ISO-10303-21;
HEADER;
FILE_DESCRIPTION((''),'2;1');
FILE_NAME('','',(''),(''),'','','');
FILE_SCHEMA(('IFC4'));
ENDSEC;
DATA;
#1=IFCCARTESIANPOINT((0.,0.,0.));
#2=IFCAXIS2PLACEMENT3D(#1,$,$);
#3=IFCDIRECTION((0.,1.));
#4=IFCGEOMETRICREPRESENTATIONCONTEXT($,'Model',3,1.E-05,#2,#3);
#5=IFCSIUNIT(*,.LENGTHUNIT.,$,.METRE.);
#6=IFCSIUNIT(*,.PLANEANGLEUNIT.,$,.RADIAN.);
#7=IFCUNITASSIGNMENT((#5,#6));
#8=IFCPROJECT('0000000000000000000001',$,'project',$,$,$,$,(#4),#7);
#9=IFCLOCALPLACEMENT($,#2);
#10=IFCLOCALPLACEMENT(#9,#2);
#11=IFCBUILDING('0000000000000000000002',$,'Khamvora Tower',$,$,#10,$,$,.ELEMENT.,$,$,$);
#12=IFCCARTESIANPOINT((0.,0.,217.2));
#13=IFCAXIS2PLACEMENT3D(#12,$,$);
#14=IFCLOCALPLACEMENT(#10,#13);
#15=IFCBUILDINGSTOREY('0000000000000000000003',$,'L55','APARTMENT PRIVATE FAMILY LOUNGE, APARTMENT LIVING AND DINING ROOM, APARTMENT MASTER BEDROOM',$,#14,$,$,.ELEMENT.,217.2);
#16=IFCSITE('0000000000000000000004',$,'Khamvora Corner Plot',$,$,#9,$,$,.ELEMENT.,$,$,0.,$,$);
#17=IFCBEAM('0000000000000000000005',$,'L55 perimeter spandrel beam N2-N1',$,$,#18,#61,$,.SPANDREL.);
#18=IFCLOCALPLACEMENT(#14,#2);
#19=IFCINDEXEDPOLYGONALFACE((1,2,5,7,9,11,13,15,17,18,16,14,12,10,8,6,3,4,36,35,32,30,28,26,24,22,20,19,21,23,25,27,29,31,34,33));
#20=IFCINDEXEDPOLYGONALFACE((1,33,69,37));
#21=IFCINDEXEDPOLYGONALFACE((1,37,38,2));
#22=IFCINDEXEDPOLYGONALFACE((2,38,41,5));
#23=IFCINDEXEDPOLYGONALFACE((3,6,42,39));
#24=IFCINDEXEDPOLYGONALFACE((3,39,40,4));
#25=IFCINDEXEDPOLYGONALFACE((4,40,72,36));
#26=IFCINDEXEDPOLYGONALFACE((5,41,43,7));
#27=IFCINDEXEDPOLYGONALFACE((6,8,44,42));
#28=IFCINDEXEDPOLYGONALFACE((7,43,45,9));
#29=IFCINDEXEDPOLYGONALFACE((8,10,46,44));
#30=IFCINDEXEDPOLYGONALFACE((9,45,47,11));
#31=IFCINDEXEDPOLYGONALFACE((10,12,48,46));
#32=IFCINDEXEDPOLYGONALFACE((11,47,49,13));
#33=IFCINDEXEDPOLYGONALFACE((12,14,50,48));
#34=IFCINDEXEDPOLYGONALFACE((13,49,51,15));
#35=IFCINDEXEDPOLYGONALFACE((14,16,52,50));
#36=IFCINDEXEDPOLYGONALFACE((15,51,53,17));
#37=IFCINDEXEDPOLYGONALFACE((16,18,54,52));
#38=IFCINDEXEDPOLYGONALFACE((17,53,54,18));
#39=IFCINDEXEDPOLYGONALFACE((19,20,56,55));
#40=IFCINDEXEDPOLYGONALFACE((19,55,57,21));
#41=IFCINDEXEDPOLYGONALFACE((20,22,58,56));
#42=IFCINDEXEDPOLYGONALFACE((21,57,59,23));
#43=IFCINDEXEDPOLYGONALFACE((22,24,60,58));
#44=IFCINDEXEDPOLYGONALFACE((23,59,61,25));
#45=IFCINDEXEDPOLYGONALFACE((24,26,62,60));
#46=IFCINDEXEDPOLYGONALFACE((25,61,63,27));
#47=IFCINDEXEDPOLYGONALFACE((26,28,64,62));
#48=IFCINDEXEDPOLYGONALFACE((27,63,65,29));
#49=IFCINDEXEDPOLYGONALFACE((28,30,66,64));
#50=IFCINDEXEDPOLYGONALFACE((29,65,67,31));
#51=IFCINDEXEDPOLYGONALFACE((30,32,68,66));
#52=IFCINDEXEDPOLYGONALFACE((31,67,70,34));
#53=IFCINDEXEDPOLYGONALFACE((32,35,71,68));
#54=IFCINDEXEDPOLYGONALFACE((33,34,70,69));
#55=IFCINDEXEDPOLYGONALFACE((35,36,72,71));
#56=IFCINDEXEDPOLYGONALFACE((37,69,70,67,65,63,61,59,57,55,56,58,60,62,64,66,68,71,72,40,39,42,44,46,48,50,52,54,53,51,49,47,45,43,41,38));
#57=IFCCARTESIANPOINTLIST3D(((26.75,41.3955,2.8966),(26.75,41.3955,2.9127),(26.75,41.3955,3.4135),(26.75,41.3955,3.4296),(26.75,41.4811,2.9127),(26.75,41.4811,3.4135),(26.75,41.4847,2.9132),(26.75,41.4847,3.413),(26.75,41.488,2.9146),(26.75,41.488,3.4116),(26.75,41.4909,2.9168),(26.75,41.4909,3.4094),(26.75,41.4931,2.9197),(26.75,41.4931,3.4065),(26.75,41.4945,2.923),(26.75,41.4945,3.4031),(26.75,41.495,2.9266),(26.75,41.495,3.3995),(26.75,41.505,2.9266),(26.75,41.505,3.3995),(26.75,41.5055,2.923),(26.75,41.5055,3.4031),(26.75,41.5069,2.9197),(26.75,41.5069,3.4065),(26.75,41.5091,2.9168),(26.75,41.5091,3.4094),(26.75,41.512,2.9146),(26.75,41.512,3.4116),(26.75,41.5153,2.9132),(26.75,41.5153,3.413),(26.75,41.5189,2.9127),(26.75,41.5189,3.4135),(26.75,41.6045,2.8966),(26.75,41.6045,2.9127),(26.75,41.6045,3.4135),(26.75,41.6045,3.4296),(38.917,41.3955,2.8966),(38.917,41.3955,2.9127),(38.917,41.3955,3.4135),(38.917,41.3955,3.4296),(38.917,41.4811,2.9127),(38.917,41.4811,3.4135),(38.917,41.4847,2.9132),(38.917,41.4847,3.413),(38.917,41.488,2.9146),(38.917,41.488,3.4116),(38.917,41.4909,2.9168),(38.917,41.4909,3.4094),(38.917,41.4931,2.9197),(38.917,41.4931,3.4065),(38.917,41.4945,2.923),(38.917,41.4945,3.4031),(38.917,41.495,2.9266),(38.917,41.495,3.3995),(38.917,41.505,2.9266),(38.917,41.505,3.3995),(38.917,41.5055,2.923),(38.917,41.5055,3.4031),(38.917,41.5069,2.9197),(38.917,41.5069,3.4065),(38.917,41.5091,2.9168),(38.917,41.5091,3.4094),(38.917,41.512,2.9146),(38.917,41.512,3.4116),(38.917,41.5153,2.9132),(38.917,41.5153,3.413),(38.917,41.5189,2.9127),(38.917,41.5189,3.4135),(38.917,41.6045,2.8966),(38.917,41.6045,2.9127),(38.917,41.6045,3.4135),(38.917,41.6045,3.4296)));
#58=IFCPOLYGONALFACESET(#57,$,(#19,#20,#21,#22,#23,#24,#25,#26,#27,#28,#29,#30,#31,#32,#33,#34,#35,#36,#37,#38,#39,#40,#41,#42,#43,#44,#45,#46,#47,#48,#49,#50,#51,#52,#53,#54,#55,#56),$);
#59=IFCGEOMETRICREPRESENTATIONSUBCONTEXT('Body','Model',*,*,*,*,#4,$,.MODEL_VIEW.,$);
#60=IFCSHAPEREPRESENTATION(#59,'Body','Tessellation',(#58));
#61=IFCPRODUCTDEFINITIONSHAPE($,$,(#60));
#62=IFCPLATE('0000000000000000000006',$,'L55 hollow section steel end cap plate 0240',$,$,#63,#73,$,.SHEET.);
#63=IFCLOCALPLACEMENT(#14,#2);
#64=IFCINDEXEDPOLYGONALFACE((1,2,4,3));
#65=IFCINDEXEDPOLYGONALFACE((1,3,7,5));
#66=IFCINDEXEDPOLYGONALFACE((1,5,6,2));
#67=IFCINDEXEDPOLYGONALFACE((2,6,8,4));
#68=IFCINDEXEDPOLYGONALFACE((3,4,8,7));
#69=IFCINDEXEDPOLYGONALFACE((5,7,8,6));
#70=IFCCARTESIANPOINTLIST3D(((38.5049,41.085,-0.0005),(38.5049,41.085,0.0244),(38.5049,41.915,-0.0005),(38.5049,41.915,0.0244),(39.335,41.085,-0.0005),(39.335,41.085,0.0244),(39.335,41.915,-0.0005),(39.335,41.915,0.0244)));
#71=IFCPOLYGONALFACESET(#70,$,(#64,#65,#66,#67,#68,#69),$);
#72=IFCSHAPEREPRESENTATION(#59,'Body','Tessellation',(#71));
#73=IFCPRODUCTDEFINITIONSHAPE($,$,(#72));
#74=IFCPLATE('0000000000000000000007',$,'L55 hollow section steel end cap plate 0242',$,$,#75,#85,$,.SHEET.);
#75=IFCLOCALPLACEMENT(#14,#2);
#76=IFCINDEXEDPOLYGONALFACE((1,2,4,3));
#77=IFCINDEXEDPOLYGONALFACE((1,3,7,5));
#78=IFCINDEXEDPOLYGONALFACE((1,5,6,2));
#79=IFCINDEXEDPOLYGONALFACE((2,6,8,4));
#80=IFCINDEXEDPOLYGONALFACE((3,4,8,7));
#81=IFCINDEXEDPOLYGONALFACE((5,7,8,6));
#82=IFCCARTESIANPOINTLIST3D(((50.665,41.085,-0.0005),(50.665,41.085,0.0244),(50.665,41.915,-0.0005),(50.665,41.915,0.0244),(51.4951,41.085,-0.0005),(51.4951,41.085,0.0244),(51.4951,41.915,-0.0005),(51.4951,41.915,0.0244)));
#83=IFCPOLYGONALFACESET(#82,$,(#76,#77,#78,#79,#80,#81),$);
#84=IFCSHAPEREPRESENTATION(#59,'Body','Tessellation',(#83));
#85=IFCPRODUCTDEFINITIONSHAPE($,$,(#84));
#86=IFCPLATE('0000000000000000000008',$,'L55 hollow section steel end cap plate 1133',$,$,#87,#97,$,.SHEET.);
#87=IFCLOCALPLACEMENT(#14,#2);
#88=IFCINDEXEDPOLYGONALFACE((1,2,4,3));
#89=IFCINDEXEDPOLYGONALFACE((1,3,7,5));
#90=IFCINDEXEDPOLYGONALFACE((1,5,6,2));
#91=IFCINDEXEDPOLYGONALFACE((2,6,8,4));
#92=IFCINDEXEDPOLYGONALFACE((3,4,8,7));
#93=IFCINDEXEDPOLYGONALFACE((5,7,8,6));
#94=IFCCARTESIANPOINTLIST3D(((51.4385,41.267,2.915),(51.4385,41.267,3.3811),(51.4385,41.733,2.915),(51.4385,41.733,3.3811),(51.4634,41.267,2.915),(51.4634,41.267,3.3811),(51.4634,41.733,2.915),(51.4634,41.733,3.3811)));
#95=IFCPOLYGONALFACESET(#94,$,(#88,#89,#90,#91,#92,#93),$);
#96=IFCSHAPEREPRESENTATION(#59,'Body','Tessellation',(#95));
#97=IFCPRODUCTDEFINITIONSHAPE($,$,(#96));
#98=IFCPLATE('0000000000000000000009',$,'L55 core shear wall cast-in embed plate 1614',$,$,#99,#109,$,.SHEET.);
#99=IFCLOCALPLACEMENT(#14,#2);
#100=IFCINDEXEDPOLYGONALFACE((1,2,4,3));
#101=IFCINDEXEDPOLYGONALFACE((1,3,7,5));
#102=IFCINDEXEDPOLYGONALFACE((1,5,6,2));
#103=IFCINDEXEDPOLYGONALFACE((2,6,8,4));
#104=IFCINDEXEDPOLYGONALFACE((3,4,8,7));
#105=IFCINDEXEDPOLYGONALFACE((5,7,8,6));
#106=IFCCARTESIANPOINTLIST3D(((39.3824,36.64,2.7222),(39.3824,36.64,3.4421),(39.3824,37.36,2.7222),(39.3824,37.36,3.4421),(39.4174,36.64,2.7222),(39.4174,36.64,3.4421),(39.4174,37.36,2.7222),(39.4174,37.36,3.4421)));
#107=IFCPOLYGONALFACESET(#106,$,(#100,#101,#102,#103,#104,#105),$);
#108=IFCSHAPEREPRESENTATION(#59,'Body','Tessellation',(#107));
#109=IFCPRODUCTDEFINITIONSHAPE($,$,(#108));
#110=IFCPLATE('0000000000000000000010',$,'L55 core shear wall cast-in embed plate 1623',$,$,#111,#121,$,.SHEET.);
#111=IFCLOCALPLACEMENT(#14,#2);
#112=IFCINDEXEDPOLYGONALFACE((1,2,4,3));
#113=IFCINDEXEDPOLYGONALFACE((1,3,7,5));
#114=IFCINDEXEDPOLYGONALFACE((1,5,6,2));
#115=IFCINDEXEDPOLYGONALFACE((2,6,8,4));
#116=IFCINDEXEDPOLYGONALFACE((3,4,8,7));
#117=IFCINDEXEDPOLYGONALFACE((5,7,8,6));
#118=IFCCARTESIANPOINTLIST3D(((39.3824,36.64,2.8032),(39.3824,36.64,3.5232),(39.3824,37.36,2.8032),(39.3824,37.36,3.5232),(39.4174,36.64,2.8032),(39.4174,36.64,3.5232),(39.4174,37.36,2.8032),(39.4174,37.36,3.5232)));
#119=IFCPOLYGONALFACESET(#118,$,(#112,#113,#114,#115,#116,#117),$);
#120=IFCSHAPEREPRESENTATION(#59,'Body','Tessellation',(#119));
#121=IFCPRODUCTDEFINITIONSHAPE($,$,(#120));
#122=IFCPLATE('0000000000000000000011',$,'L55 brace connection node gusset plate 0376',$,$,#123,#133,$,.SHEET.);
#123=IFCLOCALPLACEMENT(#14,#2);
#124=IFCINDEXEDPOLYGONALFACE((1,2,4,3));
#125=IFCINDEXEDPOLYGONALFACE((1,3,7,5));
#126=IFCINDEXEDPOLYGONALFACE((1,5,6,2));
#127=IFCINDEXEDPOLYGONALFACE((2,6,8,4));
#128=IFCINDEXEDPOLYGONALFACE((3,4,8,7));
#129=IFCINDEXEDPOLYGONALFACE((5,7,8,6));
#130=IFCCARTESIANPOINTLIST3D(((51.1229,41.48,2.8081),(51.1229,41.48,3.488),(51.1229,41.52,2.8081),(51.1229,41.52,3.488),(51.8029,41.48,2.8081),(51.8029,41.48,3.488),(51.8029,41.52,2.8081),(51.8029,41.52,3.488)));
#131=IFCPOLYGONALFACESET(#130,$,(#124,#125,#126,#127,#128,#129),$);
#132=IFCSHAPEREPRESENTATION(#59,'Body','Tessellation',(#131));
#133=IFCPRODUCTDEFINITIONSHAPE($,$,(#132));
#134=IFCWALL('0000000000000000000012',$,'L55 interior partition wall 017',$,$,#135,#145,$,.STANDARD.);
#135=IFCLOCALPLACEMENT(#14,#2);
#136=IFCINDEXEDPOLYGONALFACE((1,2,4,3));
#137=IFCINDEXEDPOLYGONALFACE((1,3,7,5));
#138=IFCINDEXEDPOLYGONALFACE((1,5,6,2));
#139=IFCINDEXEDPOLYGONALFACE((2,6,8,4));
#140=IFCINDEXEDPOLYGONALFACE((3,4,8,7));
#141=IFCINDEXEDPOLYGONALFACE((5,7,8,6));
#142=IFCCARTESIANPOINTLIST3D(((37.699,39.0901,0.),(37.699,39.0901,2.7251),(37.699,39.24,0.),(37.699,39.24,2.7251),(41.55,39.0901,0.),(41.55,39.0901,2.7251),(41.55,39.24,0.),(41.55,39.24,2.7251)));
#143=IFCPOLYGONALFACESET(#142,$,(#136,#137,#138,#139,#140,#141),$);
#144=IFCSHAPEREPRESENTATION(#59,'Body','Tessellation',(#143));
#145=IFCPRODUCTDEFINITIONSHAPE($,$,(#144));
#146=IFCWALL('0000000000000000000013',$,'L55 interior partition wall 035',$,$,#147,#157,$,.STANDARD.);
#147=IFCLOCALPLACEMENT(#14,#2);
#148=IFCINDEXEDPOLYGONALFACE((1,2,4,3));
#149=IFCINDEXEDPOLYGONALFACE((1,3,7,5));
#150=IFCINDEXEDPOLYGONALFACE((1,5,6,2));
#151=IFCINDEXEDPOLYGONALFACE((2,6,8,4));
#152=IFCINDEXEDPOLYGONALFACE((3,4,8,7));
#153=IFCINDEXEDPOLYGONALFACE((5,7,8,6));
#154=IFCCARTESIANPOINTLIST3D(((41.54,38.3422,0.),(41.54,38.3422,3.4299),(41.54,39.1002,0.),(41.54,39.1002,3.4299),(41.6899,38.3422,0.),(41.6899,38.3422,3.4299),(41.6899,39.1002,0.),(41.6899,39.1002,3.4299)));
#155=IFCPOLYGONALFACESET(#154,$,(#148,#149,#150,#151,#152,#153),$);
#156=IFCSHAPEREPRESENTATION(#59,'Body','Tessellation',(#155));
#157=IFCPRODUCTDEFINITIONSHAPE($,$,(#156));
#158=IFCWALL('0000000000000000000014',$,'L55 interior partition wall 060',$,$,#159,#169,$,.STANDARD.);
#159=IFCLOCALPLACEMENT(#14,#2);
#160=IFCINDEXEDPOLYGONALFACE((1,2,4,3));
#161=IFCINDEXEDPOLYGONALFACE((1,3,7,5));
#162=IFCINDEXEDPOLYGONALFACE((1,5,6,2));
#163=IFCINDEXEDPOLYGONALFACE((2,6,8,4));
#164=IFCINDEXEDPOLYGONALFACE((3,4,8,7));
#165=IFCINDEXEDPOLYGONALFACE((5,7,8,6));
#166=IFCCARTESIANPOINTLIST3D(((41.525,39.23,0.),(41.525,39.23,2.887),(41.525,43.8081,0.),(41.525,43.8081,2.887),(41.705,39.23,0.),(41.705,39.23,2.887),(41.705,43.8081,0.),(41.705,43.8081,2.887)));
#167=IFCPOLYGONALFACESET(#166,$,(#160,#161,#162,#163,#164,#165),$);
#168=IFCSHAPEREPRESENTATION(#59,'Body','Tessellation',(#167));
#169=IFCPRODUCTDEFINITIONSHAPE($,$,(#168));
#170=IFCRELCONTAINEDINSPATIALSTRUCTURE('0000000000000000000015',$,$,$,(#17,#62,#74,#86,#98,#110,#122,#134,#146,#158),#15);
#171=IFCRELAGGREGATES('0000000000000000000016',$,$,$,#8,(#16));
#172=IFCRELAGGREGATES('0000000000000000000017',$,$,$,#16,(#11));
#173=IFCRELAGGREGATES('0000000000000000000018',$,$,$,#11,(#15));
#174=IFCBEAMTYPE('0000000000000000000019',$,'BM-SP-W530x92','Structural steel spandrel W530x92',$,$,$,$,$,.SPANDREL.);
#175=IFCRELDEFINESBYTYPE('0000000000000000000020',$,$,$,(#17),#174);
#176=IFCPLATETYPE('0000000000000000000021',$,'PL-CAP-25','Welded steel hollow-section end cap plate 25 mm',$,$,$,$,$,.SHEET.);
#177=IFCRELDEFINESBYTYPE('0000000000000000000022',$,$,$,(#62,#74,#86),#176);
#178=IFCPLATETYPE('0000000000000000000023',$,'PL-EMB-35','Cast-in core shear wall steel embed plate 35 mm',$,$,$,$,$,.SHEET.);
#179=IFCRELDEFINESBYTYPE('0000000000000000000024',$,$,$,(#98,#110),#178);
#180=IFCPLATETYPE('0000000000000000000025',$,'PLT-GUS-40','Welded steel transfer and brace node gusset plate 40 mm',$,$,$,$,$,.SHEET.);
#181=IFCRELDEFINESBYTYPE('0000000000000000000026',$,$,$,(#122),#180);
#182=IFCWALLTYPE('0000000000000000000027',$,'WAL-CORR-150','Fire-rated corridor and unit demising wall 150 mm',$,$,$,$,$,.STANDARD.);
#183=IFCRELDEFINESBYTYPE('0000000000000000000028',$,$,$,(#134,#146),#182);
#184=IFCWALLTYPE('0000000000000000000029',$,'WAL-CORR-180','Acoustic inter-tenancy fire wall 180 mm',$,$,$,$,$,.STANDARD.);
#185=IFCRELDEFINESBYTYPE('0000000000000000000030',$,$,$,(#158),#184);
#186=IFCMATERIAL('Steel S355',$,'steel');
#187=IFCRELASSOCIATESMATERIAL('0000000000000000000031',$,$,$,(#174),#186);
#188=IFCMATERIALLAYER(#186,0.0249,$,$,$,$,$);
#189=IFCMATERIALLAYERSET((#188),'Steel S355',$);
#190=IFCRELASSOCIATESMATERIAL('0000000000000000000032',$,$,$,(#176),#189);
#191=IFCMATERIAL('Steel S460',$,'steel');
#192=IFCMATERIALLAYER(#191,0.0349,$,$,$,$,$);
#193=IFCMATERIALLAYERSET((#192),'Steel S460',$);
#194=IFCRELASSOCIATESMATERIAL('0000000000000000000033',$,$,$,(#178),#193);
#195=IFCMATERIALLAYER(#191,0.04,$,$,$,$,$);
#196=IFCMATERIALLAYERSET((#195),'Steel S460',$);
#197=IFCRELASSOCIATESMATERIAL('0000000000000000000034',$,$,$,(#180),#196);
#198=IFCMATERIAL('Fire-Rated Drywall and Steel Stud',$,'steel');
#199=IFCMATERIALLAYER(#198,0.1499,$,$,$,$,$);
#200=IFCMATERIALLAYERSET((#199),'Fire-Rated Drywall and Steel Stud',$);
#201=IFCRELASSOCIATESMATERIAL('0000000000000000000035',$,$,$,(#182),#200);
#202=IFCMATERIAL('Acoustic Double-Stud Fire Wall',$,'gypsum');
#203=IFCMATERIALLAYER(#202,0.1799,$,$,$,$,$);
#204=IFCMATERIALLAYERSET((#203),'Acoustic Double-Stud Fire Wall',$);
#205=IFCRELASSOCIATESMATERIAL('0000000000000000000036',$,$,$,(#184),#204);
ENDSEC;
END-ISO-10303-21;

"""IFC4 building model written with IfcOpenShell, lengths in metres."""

from ifc_helpers import new_model, si_unit, direction, frame, frame_2d, origin, origin_2d, place, context, subcontext, project, spatial, rectangle, i_section, extrude, material, layer, layer_set, material_profile, profile_set, type_object, element, save


model = new_model("IFC4")

# Units and contexts
model_context = context("Model", 3, precision=1e-05, world=origin(), true_north=direction((0.0, 1.0)))
body_context = subcontext(model_context, "Body", "Model", "MODEL_VIEW")
ifc_project = project(units=[si_unit("LENGTHUNIT", "METRE"), si_unit("PLANEANGLEUNIT", "RADIAN")], contexts=[model_context])

# Site, building, storey
site_placement = place(None, origin())
site = spatial("IfcSite", under=ifc_project, at=site_placement, Name="Khamvora Corner Plot", CompositionType="ELEMENT", RefElevation=0.0)
building_placement = place(site_placement, origin())
building = spatial("IfcBuilding", under=site, at=building_placement, Name="Khamvora Tower", CompositionType="ELEMENT")
storey_placement = place(building_placement, frame((0.0, 0.0, 217.2)))
storey = spatial("IfcBuildingStorey", under=building, at=storey_placement, Name="L55", Description="APARTMENT PRIVATE FAMILY LOUNGE, APARTMENT LIVING AND DINING ROOM, APARTMENT MASTER BEDROOM", CompositionType="ELEMENT", Elevation=217.2)

# Shared definitions
ifc_material_1 = material(Name="Steel S355", Category="steel")

# Beam
ifc_material_profile_1 = material_profile(ifc_material_1, i_section(OverallWidth=0.209, OverallDepth=0.533, WebThickness=0.01, FlangeThickness=0.0161, FilletRadius=0.0139, at=origin_2d()), Name="W530x92")
ifc_profile_set_1 = profile_set([ifc_material_profile_1], Name="Steel S355")
beam_type_1 = type_object("IfcBeamType", Name="BM-SP-W530x92", Description="Structural steel spandrel W530x92", PredefinedType="SPANDREL", material=ifc_profile_set_1)
beam_1_placement = place(storey_placement, frame((38.917, 41.5, 3.1631), z_axis=(-1.0, 0.0, 0.0), x_axis=(0.0, -1.0, 0.0)))
element("IfcBeam", 1, at=beam_1_placement, inside=storey, type_object=beam_type_1, Name="L55 perimeter spandrel beam N2-N1", PredefinedType="SPANDREL", context=body_context, shape_type="SweptSolid", body=[
    extrude(i_section(OverallWidth=0.209, OverallDepth=0.533, WebThickness=0.01, FlangeThickness=0.0161, FilletRadius=0.0139, at=origin_2d()), origin(), (0.0, 0.0, 1.0), 12.167),
])

# Plates
ifc_layer_1 = layer(ifc_material_1, 0.0249)
ifc_layer_set_1 = layer_set([ifc_layer_1], Name="Steel S355")
plate_type_1 = type_object("IfcPlateType", Name="PL-CAP-25", Description="Welded steel hollow-section end cap plate 25 mm", PredefinedType="SHEET", material=ifc_layer_set_1)
for number, where, z_axis, x_axis, name in (
    (2, (38.9199, 41.5, -0.0005), (0.0, 0.0, 1.0), (1.0, 0.0, 0.0), "L55 hollow section steel end cap plate 0240"),
    (3, (51.0801, 41.5, -0.0005), (0.0, 0.0, 1.0), (1.0, 0.0, 0.0), "L55 hollow section steel end cap plate 0242"),
):
    element("IfcPlate", number, at=place(storey_placement, frame(where, z_axis=z_axis, x_axis=x_axis)), inside=storey, type_object=plate_type_1, Name=name, PredefinedType="SHEET", context=body_context, shape_type="SweptSolid", body=[
        extrude(rectangle(XDim=0.8301, YDim=0.8301, at=origin_2d()), origin(), (0.0, 0.0, 1.0), 0.0249),
    ])
plate_1_placement = place(storey_placement, frame((51.4509, 41.5, 2.915), z_axis=(0.0, 0.0, 1.0), x_axis=(-1.0, 0.0, 0.0)))
element("IfcPlate", 4, at=plate_1_placement, inside=storey, type_object=plate_type_1, Name="L55 hollow section steel end cap plate 1133", PredefinedType="SHEET", context=body_context, shape_type="SweptSolid", body=[
    extrude(rectangle(XDim=0.0249, YDim=0.4661, at=origin_2d()), origin(), (0.0, 0.0, 1.0), 0.4661),
])
ifc_material_2 = material(Name="Steel S460", Category="steel")
ifc_layer_2 = layer(ifc_material_2, 0.0349)
ifc_layer_set_2 = layer_set([ifc_layer_2], Name="Steel S460")
plate_type_2 = type_object("IfcPlateType", Name="PL-EMB-35", Description="Cast-in core shear wall steel embed plate 35 mm", PredefinedType="SHEET", material=ifc_layer_set_2)
for number, where, z_axis, x_axis, name in (
    (5, (39.3999, 37.0, 2.7222), (0.0, 0.0, 1.0), (1.0, 0.0, 0.0), "L55 core shear wall cast-in embed plate 1614"),
    (6, (39.3999, 37.0, 2.8032), (0.0, 0.0, 1.0), (1.0, 0.0, 0.0), "L55 core shear wall cast-in embed plate 1623"),
):
    element("IfcPlate", number, at=place(storey_placement, frame(where, z_axis=z_axis, x_axis=x_axis)), inside=storey, type_object=plate_type_2, Name=name, PredefinedType="SHEET", context=body_context, shape_type="SweptSolid", body=[
        extrude(rectangle(XDim=0.0349, YDim=0.72, at=origin_2d()), origin(), (0.0, 0.0, 1.0), 0.72),
    ])
ifc_layer_3 = layer(ifc_material_2, 0.04)
ifc_layer_set_3 = layer_set([ifc_layer_3], Name="Steel S460")
plate_type_3 = type_object("IfcPlateType", Name="PLT-GUS-40", Description="Welded steel transfer and brace node gusset plate 40 mm", PredefinedType="SHEET", material=ifc_layer_set_3)
plate_2_placement = place(storey_placement, frame((51.4629, 41.5, 2.8081), z_axis=(0.0, 0.0, 1.0), x_axis=(1.0, 0.0, 0.0)))
element("IfcPlate", 7, at=plate_2_placement, inside=storey, type_object=plate_type_3, Name="L55 brace connection node gusset plate 0376", PredefinedType="SHEET", context=body_context, shape_type="SweptSolid", body=[
    extrude(rectangle(XDim=0.6799, YDim=0.04, at=origin_2d()), origin(), (0.0, 0.0, 1.0), 0.6799),
])

# Wall
ifc_material_3 = material(Name="Fire-Rated Drywall and Steel Stud", Category="steel")
ifc_layer_4 = layer(ifc_material_3, 0.1499)
ifc_layer_set_4 = layer_set([ifc_layer_4], Name="Fire-Rated Drywall and Steel Stud")
wall_type_1 = type_object("IfcWallType", Name="WAL-CORR-150", Description="Fire-rated corridor and unit demising wall 150 mm", PredefinedType="STANDARD", material=ifc_layer_set_4)
wall_1_placement = place(storey_placement, frame((37.699, 39.165, 0.0), z_axis=(0.0, 0.0, 1.0), x_axis=(1.0, 0.0, 0.0)))
element("IfcWall", 8, at=wall_1_placement, inside=storey, type_object=wall_type_1, Name="L55 interior partition wall 017", PredefinedType="STANDARD", context=body_context, shape_type="SweptSolid", body=[
    extrude(rectangle(XDim=3.8511, YDim=0.1499, at=frame_2d((1.9255, 0.0))), origin(), (0.0, 0.0, 1.0), 2.7251),
])

# Walls
wall_2_placement = place(storey_placement, frame((41.615, 39.1001, 0.0), z_axis=(0.0, 0.0, 1.0), x_axis=(0.0, -1.0, 0.0)))
element("IfcWall", 9, at=wall_2_placement, inside=storey, type_object=wall_type_1, Name="L55 interior partition wall 035", PredefinedType="STANDARD", context=body_context, shape_type="SweptSolid", body=[
    extrude(rectangle(XDim=0.7581, YDim=0.1499, at=frame_2d((0.3789, 0.0))), origin(), (0.0, 0.0, 1.0), 3.4299),
])
ifc_material_4 = material(Name="Acoustic Double-Stud Fire Wall", Category="gypsum")
ifc_layer_5 = layer(ifc_material_4, 0.1799)
ifc_layer_set_5 = layer_set([ifc_layer_5], Name="Acoustic Double-Stud Fire Wall")
wall_type_2 = type_object("IfcWallType", Name="WAL-CORR-180", Description="Acoustic inter-tenancy fire wall 180 mm", PredefinedType="STANDARD", material=ifc_layer_set_5)
wall_3_placement = place(storey_placement, frame((41.615, 43.8081, 0.0), z_axis=(0.0, 0.0, 1.0), x_axis=(0.0, -1.0, 0.0)))
element("IfcWall", 10, at=wall_3_placement, inside=storey, type_object=wall_type_2, Name="L55 interior partition wall 060", PredefinedType="STANDARD", context=body_context, shape_type="SweptSolid", body=[
    extrude(rectangle(XDim=4.5781, YDim=0.1799, at=frame_2d((2.2891, 0.0))), origin(), (0.0, 0.0, 1.0), 2.887),
])

save(model, "model.ifc")
